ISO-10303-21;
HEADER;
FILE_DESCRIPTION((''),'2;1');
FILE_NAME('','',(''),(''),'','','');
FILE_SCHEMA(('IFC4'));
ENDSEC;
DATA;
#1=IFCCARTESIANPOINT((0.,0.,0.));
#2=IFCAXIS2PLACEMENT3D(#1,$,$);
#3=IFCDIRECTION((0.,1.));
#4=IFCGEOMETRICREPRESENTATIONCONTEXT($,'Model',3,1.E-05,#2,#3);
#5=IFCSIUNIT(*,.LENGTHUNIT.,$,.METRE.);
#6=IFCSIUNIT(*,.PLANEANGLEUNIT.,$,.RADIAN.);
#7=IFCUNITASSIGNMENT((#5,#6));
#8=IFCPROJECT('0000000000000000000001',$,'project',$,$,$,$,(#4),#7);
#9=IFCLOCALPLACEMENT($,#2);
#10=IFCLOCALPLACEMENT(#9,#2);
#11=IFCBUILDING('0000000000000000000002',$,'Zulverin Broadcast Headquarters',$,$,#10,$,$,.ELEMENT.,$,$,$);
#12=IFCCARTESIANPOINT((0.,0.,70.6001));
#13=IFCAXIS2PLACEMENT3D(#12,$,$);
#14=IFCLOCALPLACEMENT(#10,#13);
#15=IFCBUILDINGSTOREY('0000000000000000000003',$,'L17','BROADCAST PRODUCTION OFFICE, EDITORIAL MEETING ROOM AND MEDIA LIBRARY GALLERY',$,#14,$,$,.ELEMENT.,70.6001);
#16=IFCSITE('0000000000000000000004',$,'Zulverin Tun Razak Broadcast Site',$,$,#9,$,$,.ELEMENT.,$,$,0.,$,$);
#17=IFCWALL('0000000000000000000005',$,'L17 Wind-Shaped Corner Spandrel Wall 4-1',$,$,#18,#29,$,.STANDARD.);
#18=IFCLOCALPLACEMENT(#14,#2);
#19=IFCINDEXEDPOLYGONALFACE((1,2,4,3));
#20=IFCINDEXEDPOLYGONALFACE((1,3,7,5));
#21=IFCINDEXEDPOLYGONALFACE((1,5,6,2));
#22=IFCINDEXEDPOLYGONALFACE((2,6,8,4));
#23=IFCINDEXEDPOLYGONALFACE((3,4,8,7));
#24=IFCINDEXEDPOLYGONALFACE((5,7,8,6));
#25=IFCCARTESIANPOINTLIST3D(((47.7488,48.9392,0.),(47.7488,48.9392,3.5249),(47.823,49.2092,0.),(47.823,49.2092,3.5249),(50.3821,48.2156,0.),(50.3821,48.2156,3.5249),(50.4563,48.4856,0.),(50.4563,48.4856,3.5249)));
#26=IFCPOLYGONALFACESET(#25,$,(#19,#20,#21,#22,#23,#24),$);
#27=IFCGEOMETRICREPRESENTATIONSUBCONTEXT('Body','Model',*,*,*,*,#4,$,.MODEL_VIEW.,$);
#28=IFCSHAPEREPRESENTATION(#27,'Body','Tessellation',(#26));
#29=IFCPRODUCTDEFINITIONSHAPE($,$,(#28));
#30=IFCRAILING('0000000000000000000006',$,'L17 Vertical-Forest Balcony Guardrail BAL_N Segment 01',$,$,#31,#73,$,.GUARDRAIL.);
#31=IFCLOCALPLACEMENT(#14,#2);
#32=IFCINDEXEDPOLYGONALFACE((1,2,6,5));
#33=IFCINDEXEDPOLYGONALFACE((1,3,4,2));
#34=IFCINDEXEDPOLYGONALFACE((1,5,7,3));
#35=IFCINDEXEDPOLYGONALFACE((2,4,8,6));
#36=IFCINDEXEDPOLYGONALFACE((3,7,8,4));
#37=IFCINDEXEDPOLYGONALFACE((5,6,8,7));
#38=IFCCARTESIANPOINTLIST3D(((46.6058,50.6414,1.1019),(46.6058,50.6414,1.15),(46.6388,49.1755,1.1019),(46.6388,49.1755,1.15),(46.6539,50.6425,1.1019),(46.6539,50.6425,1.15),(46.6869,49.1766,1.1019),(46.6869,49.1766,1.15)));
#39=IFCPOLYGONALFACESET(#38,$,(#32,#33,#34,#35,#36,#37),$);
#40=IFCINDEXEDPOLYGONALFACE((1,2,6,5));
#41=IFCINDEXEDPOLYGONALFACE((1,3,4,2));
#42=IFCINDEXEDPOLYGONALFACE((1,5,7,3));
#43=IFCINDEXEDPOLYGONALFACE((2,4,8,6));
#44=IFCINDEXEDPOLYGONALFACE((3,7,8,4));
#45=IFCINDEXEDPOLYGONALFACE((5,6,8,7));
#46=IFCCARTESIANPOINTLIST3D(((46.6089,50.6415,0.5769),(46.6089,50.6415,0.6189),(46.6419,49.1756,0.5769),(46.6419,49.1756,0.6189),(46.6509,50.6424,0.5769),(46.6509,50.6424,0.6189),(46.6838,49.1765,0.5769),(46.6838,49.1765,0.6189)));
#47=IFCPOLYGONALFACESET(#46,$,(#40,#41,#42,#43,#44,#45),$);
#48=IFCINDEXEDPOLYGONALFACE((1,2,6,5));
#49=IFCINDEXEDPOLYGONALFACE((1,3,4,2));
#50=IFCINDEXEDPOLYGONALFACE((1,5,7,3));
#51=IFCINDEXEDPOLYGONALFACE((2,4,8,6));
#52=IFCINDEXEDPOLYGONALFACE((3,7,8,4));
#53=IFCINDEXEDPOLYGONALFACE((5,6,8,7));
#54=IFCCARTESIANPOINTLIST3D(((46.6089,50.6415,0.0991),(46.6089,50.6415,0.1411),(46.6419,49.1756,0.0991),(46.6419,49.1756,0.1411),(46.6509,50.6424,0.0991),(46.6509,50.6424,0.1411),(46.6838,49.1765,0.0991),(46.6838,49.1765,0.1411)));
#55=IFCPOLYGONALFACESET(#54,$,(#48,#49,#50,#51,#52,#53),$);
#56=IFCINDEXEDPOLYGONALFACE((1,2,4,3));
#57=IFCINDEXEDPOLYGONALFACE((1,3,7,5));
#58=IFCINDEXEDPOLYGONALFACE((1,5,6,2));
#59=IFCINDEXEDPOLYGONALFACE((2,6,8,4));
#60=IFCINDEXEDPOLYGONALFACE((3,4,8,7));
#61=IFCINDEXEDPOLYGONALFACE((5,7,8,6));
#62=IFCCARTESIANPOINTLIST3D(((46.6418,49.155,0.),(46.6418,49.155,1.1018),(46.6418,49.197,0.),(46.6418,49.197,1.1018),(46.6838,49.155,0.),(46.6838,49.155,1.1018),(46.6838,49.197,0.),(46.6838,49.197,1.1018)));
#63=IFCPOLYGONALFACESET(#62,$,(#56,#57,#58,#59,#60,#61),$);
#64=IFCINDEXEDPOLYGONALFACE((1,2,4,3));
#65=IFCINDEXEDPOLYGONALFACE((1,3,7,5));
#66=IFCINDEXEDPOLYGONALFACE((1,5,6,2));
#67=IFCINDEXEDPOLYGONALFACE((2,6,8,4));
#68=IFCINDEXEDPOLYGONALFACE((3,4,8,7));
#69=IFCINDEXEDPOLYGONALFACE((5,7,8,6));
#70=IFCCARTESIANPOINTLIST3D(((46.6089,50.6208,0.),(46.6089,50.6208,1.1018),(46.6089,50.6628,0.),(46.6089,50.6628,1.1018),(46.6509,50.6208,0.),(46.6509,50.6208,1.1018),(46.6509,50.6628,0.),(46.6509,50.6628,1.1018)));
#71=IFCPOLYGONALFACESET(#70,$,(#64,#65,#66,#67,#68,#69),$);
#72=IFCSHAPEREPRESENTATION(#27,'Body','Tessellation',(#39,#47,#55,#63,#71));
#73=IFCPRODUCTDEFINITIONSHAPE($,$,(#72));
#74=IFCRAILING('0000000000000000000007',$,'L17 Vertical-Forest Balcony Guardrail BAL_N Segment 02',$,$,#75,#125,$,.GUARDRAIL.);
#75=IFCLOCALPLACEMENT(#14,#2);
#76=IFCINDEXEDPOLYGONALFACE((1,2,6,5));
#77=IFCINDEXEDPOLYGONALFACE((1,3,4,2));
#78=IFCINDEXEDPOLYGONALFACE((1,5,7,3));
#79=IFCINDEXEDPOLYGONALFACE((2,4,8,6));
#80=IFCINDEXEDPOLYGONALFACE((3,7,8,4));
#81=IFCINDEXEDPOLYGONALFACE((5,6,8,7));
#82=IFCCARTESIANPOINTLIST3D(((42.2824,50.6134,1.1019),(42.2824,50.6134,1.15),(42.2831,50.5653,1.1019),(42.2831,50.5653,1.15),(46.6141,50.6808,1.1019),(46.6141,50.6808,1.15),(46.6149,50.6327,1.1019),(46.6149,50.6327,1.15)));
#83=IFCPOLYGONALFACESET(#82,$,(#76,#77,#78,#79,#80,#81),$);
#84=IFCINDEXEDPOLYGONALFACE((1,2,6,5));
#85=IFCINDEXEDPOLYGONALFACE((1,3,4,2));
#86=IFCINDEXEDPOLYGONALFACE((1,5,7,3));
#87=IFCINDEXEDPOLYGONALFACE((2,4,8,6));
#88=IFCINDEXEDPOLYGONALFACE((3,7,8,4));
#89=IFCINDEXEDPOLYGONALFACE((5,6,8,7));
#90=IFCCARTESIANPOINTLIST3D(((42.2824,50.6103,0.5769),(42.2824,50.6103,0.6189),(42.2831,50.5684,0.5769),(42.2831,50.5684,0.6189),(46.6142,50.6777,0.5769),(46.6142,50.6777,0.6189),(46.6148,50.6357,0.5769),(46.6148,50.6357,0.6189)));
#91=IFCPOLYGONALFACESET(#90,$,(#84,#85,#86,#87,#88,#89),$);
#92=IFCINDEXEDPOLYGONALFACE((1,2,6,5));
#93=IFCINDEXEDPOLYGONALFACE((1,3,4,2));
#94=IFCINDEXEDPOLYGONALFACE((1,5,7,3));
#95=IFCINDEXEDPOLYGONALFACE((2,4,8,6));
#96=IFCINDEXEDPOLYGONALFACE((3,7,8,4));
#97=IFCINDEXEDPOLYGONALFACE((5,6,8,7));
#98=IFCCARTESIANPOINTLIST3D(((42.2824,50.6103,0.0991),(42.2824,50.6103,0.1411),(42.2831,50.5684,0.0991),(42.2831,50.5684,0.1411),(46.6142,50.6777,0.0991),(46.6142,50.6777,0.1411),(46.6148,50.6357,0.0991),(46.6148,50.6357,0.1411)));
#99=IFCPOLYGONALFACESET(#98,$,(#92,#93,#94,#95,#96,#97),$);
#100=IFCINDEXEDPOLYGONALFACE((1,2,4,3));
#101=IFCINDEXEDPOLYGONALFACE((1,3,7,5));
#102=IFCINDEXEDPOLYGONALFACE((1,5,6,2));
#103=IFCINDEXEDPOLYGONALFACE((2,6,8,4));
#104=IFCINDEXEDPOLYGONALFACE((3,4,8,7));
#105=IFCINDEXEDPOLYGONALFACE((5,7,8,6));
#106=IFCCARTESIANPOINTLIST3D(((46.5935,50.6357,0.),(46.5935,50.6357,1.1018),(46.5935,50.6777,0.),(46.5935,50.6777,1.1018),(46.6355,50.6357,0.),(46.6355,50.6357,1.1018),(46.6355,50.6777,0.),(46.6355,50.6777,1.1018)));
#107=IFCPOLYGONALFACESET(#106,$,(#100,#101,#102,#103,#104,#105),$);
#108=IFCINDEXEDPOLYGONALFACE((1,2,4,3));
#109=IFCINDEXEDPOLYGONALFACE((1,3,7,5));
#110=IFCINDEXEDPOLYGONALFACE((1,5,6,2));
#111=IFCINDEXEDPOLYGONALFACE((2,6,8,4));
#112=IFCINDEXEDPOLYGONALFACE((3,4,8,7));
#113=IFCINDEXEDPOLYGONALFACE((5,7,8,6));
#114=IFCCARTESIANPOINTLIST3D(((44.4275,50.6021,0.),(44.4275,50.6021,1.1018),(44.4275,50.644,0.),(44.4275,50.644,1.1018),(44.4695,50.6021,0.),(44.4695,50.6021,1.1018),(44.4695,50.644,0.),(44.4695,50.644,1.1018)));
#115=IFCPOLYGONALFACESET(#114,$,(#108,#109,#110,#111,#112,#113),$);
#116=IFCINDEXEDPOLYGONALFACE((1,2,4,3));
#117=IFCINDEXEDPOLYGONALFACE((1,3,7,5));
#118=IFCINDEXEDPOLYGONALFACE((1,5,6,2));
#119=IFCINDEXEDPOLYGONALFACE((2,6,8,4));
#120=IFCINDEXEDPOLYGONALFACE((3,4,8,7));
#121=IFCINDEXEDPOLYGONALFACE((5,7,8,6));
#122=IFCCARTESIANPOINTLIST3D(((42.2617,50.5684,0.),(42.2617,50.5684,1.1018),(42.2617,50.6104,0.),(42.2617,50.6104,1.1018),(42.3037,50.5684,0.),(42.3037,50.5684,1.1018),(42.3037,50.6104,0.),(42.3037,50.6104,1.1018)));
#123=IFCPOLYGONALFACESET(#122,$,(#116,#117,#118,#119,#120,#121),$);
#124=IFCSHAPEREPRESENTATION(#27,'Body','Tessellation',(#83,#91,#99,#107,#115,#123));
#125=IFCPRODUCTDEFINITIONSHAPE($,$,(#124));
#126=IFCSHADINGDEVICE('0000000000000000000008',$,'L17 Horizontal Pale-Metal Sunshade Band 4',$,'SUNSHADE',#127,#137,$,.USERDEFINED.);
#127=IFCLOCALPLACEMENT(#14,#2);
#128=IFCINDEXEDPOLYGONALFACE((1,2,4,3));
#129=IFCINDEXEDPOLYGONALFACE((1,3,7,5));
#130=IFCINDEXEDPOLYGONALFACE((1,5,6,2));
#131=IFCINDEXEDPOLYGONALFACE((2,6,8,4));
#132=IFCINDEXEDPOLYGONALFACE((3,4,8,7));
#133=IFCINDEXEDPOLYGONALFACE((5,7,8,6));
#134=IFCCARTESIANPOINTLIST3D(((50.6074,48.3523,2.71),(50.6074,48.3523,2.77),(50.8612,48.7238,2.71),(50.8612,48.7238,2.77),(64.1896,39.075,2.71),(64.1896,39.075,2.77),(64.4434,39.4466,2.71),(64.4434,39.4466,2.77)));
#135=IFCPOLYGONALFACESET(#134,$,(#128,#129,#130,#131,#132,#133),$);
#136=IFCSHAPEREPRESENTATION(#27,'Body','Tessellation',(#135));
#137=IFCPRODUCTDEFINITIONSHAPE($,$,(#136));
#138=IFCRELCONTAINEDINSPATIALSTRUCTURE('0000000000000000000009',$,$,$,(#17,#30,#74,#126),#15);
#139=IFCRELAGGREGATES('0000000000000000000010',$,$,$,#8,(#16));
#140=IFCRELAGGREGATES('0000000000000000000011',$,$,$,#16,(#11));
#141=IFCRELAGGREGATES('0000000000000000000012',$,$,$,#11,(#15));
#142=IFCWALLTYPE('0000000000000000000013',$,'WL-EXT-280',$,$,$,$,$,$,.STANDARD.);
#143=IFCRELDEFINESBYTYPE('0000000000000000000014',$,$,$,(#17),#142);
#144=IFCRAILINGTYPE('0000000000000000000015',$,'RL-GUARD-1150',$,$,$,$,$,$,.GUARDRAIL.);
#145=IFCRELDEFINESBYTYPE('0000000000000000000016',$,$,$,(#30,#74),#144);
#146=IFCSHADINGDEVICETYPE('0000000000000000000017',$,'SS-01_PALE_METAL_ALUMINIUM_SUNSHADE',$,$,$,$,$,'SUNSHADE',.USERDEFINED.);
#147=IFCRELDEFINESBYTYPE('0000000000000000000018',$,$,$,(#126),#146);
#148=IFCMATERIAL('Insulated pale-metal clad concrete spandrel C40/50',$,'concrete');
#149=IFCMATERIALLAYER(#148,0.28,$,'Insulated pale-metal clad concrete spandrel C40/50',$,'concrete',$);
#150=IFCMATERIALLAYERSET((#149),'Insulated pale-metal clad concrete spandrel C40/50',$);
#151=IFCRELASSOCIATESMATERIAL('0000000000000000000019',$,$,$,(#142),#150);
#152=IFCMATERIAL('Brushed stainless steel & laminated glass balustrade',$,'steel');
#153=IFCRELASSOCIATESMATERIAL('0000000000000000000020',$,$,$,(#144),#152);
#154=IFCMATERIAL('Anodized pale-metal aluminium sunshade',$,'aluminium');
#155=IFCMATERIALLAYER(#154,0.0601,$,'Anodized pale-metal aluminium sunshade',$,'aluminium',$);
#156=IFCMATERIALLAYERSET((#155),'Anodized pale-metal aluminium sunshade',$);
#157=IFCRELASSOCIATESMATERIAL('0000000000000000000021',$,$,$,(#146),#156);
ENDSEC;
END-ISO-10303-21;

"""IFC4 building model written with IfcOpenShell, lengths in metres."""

from ifc_helpers import new_model, si_unit, direction, frame, frame_2d, origin, origin_2d, place, context, subcontext, project, spatial, rectangle, extrude, material, layer, layer_set, type_object, element, save


model = new_model("IFC4")

# Units and contexts
model_context = context("Model", 3, precision=1e-05, world=origin(), true_north=direction((0.0, 1.0)))
body_context = subcontext(model_context, "Body", "Model", "MODEL_VIEW")
ifc_project = project(units=[si_unit("LENGTHUNIT", "METRE"), si_unit("PLANEANGLEUNIT", "RADIAN")], contexts=[model_context])

# Site, building, storey
site_placement = place(None, origin())
site = spatial("IfcSite", under=ifc_project, at=site_placement, Name="Zulverin Tun Razak Broadcast Site", CompositionType="ELEMENT", RefElevation=0.0)
building_placement = place(site_placement, origin())
building = spatial("IfcBuilding", under=site, at=building_placement, Name="Zulverin Broadcast Headquarters", CompositionType="ELEMENT")
storey_placement = place(building_placement, frame((0.0, 0.0, 70.6001)))
storey = spatial("IfcBuildingStorey", under=building, at=storey_placement, Name="L17", Description="BROADCAST PRODUCTION OFFICE, EDITORIAL MEETING ROOM AND MEDIA LIBRARY GALLERY", CompositionType="ELEMENT", Elevation=70.6001)

# Shared definitions
ifc_material_1 = material(Name="Insulated pale-metal clad concrete spandrel C40/50", Category="concrete")
ifc_layer_1 = layer(ifc_material_1, 0.28, Name="Insulated pale-metal clad concrete spandrel C40/50", Category="concrete")
ifc_layer_set_1 = layer_set([ifc_layer_1], Name="Insulated pale-metal clad concrete spandrel C40/50")
wall_type = type_object("IfcWallType", Name="WL-EXT-280", PredefinedType="STANDARD", material=ifc_layer_set_1)

# Wall
wall_1_placement = place(storey_placement, frame((50.4192, 48.3506, 0.0), z_axis=(0.0, 0.0, 1.0), x_axis=(-0.964255, 0.264978, 0.0)))
element("IfcWall", 1, at=wall_1_placement, inside=storey, type_object=wall_type, Name="L17 Wind-Shaped Corner Spandrel Wall 4-1", PredefinedType="STANDARD", context=body_context, shape_type="SweptSolid", body=[
    extrude(rectangle(XDim=2.731, YDim=0.28, at=frame_2d((1.3655, 0.0))), origin(), (0.0, 0.0, 1.0), 3.5249),
])

# Railings
ifc_material_2 = material(Name="Brushed stainless steel & laminated glass balustrade", Category="steel")
railing_type = type_object("IfcRailingType", Name="RL-GUARD-1150", PredefinedType="GUARDRAIL", material=ifc_material_2)
railing_1_placement = place(storey_placement, frame((46.6628, 49.176, 0.0)))
element("IfcRailing", 2, at=railing_1_placement, inside=storey, type_object=railing_type, Name="L17 Vertical-Forest Balcony Guardrail BAL_N Segment 01", PredefinedType="GUARDRAIL", context=body_context, shape_type="SweptSolid", body=[
    extrude(rectangle(XDim=0.0481, YDim=0.0481, at=origin_2d()), frame((0.0, 0.0, 1.126), z_axis=(-0.022479, 0.999747, 0.0), x_axis=(-0.999747, -0.022479, 0.0)), (0.0, 0.0, 1.0), 1.4663),
    extrude(rectangle(XDim=0.042, YDim=0.042, at=origin_2d()), frame((0.0, 0.0, 0.5979), z_axis=(-0.022479, 0.999747, 0.0), x_axis=(-0.999747, -0.022479, 0.0)), (0.0, 0.0, 1.0), 1.4663),
    extrude(rectangle(XDim=0.042, YDim=0.042, at=origin_2d()), frame((0.0, 0.0, 0.1201), z_axis=(-0.022479, 0.999747, 0.0), x_axis=(-0.999747, -0.022479, 0.0)), (0.0, 0.0, 1.0), 1.4663),
    extrude(rectangle(XDim=0.042, YDim=0.042, at=origin_2d()), origin(), (0.0, 0.0, 1.0), 1.1018),
    extrude(rectangle(XDim=0.042, YDim=0.042, at=origin_2d()), frame((-0.033, 1.4658, 0.0)), (0.0, 0.0, 1.0), 1.1018),
])
railing_2_placement = place(storey_placement, frame((46.6145, 50.6567, 0.0)))
element("IfcRailing", 3, at=railing_2_placement, inside=storey, type_object=railing_type, Name="L17 Vertical-Forest Balcony Guardrail BAL_N Segment 02", PredefinedType="GUARDRAIL", context=body_context, shape_type="SweptSolid", body=[
    extrude(rectangle(XDim=0.0481, YDim=0.0481, at=origin_2d()), frame((0.0, 0.0, 1.126), z_axis=(-0.999879, -0.015554, 0.0), x_axis=(0.015554, -0.999879, 0.0)), (0.0, 0.0, 1.0), 4.3323),
    extrude(rectangle(XDim=0.042, YDim=0.042, at=origin_2d()), frame((0.0, 0.0, 0.5979), z_axis=(-0.999879, -0.015554, 0.0), x_axis=(0.015554, -0.999879, 0.0)), (0.0, 0.0, 1.0), 4.3323),
    extrude(rectangle(XDim=0.042, YDim=0.042, at=origin_2d()), frame((0.0, 0.0, 0.1201), z_axis=(-0.999879, -0.015554, 0.0), x_axis=(0.015554, -0.999879, 0.0)), (0.0, 0.0, 1.0), 4.3323),
    extrude(rectangle(XDim=0.042, YDim=0.042, at=origin_2d()), origin(), (0.0, 0.0, 1.0), 1.1018),
    extrude(rectangle(XDim=0.042, YDim=0.042, at=origin_2d()), frame((-2.166, -0.0337, 0.0)), (0.0, 0.0, 1.0), 1.1018),
    extrude(rectangle(XDim=0.042, YDim=0.042, at=origin_2d()), frame((-4.3318, -0.0674, 0.0)), (0.0, 0.0, 1.0), 1.1018),
])

# Shading device
ifc_material_3 = material(Name="Anodized pale-metal aluminium sunshade", Category="aluminium")
ifc_layer_2 = layer(ifc_material_3, 0.0601, Name="Anodized pale-metal aluminium sunshade", Category="aluminium")
ifc_layer_set_2 = layer_set([ifc_layer_2], Name="Anodized pale-metal aluminium sunshade")
shading_device_type = type_object("IfcShadingDeviceType", Name="SS-01_PALE_METAL_ALUMINIUM_SUNSHADE", ElementType="SUNSHADE", PredefinedType="USERDEFINED", material=ifc_layer_set_2)
shading_device_placement = place(storey_placement, frame((57.5254, 43.8994, 2.71), z_axis=(0.0, 0.0, 1.0), x_axis=(-0.825757, 0.564026, 0.0)))
element("IfcShadingDevice", 4, at=shading_device_placement, inside=storey, type_object=shading_device_type, Name="L17 Horizontal Pale-Metal Sunshade Band 4", ObjectType="SUNSHADE", PredefinedType="USERDEFINED", context=body_context, shape_type="SweptSolid", body=[
    extrude(rectangle(XDim=16.4482, YDim=0.45, at=origin_2d()), origin(), (0.0, 0.0, 1.0), 0.0601),
])

save(model, "model.ifc")
